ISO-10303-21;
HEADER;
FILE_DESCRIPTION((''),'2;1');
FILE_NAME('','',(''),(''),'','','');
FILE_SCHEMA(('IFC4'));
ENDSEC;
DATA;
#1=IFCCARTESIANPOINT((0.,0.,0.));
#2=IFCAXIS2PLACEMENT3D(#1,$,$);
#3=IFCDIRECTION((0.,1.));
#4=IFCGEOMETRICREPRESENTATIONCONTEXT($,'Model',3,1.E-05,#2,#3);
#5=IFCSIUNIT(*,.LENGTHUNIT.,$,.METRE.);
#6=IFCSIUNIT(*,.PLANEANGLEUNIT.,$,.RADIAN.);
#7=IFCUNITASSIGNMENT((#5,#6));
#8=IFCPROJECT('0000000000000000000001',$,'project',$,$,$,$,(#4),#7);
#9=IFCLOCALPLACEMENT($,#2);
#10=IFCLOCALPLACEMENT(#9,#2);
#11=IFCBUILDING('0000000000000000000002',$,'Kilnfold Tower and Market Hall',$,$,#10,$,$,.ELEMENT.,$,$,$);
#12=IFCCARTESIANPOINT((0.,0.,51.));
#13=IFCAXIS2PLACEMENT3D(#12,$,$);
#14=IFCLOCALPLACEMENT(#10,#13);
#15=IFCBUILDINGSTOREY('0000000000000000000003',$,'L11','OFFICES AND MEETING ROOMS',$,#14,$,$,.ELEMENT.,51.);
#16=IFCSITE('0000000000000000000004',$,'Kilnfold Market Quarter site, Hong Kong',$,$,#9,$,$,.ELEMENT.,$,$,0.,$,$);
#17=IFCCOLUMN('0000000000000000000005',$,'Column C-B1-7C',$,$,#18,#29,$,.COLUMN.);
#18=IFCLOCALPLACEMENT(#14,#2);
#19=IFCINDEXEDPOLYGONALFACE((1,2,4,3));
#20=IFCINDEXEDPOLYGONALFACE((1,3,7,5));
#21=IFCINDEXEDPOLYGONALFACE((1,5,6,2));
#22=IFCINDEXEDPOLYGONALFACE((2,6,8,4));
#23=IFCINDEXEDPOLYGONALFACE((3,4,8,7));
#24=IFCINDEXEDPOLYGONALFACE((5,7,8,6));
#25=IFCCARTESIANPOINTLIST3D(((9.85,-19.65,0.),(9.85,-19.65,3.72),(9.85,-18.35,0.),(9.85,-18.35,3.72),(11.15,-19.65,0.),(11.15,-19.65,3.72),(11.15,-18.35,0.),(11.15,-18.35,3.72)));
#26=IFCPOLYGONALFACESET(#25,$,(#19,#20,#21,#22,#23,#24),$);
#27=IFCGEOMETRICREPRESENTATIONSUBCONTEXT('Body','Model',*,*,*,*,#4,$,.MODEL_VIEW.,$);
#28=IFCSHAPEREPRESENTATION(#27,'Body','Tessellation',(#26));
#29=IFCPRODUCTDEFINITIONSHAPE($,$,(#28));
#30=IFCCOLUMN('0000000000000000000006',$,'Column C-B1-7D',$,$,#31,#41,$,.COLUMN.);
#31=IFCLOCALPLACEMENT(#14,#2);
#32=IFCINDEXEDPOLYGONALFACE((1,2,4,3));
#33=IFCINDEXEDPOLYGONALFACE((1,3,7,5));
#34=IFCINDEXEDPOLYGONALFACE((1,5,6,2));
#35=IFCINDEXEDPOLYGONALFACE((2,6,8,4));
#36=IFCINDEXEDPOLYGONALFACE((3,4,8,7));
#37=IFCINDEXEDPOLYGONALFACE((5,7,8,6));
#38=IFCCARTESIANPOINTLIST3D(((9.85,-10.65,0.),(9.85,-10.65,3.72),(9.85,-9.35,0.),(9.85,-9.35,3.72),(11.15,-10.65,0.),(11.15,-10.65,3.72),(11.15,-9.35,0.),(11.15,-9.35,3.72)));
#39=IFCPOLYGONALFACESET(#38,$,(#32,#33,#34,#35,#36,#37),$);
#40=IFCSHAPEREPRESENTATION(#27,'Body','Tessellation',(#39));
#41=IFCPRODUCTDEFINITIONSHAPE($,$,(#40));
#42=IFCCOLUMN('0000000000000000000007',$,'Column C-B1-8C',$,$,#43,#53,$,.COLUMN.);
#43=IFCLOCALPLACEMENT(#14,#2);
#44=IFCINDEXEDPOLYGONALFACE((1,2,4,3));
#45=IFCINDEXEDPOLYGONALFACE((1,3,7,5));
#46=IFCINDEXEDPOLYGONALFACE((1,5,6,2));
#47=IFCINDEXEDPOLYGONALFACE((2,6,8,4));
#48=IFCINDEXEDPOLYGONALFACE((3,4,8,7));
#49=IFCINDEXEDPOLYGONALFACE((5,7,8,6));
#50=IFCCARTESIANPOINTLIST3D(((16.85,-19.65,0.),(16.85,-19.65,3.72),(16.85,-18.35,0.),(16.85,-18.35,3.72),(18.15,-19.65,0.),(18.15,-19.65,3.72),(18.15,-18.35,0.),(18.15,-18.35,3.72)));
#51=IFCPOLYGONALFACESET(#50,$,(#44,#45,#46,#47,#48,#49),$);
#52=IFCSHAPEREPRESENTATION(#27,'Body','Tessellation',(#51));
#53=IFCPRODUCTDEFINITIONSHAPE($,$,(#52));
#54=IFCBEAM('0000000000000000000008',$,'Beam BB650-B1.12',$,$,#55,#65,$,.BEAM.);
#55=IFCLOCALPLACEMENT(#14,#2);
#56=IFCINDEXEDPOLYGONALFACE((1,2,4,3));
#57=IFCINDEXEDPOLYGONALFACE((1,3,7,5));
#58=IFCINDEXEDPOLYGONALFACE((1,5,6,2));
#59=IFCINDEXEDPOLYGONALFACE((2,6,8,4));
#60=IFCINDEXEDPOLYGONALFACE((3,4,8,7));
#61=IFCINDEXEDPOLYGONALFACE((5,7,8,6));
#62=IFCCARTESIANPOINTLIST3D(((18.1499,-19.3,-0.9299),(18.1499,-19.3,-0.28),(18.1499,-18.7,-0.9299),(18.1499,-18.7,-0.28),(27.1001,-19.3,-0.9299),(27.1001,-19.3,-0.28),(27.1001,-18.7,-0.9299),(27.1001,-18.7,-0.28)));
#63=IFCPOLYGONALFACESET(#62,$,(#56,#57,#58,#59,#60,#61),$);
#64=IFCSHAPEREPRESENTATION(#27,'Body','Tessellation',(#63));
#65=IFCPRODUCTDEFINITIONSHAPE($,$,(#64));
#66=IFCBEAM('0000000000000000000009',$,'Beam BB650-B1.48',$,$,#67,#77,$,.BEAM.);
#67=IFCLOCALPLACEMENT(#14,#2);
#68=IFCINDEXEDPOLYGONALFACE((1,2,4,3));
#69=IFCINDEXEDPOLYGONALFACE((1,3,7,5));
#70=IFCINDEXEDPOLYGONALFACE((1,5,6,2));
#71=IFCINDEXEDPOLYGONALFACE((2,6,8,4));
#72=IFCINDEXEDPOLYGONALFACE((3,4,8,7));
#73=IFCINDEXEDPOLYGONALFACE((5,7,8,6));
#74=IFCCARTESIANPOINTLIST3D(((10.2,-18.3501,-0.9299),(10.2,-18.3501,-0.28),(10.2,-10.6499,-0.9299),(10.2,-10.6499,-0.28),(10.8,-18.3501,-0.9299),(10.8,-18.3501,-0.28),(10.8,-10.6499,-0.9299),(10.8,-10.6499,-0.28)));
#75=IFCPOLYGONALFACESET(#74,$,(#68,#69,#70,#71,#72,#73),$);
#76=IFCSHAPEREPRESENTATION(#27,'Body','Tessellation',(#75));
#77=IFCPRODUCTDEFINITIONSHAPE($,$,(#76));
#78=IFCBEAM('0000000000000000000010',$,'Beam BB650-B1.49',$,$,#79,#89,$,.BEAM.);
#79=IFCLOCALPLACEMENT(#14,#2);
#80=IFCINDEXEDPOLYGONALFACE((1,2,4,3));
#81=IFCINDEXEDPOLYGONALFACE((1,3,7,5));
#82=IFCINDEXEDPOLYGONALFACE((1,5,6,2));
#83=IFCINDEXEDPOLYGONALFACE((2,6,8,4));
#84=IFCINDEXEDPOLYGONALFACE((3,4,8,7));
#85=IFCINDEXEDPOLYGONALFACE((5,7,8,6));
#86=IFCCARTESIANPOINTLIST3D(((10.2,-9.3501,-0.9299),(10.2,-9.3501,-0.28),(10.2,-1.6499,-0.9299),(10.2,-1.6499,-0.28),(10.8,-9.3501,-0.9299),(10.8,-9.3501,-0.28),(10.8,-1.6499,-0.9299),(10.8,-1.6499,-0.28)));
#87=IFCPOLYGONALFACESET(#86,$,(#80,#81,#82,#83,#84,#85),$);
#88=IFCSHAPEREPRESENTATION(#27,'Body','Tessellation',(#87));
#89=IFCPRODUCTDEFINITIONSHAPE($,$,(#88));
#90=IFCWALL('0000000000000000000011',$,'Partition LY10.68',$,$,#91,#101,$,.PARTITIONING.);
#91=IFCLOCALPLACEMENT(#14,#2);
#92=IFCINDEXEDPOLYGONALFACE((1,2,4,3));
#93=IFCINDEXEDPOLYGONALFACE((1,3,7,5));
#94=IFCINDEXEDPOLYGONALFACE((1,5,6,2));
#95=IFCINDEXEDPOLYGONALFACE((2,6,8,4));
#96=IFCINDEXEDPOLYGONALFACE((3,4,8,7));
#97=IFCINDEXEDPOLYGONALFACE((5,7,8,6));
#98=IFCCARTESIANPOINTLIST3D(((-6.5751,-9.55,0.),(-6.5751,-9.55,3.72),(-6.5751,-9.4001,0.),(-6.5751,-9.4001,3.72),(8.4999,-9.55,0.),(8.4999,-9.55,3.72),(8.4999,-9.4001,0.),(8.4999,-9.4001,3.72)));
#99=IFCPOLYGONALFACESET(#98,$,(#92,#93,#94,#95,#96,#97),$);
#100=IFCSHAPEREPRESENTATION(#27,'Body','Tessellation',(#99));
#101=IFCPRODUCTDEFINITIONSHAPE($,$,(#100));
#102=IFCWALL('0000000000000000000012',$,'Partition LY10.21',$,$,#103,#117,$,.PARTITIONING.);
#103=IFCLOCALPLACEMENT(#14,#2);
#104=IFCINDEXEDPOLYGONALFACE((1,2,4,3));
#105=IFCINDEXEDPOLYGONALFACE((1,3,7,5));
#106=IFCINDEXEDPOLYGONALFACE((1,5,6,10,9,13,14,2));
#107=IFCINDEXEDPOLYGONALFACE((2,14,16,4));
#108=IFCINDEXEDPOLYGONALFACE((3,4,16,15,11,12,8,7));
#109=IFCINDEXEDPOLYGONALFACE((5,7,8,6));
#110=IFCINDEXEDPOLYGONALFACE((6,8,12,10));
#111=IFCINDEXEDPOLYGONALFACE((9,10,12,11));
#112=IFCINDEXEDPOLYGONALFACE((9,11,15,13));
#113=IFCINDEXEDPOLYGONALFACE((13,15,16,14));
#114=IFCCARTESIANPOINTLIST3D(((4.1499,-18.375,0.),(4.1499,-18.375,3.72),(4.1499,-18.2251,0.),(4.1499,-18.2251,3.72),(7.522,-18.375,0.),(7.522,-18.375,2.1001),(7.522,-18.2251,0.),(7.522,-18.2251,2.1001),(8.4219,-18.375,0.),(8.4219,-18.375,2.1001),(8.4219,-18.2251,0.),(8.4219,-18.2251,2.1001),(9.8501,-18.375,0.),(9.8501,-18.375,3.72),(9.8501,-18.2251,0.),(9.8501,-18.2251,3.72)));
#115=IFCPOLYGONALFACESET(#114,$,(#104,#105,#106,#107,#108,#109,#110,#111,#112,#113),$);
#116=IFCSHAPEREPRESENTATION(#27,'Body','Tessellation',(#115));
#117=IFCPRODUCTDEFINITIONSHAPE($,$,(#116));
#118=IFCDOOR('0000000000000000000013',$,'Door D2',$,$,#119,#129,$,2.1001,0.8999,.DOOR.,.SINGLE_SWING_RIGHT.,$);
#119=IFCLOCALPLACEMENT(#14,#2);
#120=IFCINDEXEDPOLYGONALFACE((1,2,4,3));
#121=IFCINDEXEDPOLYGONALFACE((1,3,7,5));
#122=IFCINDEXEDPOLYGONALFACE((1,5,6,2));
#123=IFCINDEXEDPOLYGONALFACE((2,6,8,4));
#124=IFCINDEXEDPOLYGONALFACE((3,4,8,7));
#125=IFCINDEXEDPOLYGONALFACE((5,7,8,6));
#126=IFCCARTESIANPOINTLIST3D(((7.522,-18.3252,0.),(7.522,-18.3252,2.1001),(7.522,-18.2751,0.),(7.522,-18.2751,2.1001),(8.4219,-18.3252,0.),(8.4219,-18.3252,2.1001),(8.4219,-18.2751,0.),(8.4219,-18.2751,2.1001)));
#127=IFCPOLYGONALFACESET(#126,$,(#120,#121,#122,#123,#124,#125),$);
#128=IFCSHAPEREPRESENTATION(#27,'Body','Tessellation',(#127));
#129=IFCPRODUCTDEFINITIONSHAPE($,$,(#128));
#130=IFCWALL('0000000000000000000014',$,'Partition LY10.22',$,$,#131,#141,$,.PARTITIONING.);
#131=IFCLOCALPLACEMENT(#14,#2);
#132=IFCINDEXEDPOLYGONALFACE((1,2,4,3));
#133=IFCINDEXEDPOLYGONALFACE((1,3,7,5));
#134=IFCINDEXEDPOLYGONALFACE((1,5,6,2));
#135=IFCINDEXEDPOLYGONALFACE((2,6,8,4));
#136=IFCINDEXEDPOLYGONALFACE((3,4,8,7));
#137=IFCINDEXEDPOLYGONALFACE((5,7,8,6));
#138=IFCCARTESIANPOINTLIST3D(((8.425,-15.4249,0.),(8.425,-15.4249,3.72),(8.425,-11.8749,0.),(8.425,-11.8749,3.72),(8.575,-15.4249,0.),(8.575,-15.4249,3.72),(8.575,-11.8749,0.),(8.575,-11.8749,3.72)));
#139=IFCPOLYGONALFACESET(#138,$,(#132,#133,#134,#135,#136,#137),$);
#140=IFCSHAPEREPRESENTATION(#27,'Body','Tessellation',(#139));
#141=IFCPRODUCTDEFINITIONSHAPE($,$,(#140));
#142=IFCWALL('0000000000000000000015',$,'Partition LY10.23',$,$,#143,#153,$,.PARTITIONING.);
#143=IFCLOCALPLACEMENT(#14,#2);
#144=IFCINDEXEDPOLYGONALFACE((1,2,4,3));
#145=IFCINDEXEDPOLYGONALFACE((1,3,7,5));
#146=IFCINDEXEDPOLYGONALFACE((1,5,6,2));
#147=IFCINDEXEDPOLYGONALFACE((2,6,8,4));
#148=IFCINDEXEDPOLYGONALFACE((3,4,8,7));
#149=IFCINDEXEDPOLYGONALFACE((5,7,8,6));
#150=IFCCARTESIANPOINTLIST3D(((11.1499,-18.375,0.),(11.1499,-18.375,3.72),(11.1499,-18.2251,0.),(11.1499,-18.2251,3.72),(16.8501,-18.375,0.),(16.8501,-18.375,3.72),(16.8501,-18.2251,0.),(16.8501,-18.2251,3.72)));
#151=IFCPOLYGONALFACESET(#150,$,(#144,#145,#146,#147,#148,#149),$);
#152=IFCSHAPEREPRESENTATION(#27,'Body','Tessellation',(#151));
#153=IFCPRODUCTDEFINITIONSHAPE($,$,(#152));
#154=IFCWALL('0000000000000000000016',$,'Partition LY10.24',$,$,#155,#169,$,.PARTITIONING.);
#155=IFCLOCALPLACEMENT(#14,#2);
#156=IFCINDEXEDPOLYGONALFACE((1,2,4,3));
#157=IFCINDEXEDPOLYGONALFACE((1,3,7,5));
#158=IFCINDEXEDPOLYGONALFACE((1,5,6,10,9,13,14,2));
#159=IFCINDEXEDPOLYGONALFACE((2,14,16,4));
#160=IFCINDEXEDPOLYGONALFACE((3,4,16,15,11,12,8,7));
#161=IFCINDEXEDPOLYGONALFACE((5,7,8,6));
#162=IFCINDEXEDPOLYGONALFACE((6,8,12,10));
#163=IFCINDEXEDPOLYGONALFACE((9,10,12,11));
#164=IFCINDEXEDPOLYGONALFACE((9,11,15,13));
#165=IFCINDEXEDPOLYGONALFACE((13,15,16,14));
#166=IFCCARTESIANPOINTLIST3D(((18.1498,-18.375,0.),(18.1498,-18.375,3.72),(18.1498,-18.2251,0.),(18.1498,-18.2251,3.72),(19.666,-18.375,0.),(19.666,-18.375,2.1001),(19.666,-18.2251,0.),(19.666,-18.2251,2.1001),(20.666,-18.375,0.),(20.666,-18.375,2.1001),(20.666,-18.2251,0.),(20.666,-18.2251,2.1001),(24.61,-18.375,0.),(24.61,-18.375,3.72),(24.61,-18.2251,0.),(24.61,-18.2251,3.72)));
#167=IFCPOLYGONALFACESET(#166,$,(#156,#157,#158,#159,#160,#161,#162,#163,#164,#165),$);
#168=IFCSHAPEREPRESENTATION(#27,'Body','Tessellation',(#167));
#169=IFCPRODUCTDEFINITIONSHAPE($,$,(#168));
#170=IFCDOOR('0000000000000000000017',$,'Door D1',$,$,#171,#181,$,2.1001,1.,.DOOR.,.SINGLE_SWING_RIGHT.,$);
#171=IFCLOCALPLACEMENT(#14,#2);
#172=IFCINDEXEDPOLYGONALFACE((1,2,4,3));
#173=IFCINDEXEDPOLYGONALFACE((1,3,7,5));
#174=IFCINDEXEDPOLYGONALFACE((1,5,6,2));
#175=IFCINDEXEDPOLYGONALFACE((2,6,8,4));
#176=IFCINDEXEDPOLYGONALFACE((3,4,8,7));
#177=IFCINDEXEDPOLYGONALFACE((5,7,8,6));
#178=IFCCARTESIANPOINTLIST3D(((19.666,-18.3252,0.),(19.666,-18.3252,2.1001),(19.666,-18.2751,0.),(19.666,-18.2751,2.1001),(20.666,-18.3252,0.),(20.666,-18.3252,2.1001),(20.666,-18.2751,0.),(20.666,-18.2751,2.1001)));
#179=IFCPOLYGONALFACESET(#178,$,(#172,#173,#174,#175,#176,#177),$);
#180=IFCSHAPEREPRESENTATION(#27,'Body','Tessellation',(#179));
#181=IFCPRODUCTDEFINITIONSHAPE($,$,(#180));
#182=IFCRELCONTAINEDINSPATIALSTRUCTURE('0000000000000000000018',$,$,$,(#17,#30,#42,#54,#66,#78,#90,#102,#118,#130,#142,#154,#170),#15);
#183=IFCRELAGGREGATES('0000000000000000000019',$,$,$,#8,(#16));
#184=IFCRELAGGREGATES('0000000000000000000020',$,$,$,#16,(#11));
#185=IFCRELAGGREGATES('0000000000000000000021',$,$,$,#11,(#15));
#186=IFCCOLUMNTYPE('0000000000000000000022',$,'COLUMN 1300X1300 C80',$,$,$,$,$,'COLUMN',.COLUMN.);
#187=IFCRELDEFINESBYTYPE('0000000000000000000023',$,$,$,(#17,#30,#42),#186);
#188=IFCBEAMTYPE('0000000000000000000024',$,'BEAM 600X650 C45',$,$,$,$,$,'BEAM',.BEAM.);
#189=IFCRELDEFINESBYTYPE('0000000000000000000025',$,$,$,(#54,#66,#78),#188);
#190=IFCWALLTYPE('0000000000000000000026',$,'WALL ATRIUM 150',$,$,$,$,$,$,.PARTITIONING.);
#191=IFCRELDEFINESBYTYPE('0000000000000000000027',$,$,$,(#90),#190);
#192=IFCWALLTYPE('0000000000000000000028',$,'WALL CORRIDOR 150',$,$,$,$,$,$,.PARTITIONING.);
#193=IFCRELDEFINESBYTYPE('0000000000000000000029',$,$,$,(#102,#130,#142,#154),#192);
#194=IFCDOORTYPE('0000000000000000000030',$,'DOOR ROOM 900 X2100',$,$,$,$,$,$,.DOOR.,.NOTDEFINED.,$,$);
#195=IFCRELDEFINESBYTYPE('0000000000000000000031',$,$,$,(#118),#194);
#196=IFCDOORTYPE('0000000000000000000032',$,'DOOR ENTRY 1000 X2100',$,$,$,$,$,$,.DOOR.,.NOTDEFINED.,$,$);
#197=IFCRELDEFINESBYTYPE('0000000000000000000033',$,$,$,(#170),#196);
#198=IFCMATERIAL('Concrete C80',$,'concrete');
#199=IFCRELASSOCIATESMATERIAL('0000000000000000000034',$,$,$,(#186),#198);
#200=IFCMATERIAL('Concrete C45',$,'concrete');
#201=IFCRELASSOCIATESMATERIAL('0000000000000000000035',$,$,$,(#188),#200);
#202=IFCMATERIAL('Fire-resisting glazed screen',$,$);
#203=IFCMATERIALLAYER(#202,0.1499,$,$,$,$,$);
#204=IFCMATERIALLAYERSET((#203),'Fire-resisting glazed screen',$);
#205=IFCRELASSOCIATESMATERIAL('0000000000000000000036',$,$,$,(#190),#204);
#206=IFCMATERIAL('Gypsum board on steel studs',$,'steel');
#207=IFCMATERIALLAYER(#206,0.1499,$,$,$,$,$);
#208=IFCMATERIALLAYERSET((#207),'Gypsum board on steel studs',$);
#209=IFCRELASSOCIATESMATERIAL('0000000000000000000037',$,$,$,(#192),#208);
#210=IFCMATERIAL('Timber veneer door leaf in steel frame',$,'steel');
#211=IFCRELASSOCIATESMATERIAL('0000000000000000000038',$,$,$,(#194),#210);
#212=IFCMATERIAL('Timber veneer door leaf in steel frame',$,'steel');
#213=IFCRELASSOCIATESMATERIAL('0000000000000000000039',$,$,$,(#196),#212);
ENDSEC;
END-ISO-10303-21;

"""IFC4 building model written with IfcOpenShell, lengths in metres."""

from ifc_helpers import new_model, si_unit, direction, frame, frame_2d, origin, origin_2d, place, context, subcontext, project, spatial, rectangle, extrude, source, transform, mapped, material, layer, layer_set, material_profile, profile_set, type_object, element, fill, save


model = new_model("IFC4")

# Units and contexts
model_context = context("Model", 3, precision=1e-05, world=origin(), true_north=direction((0.0, 1.0)))
body_context = subcontext(model_context, "Body", "Model", "MODEL_VIEW")
ifc_project = project(units=[si_unit("LENGTHUNIT", "METRE"), si_unit("PLANEANGLEUNIT", "RADIAN")], contexts=[model_context])

# Site, building, storey
site_placement = place(None, origin())
site = spatial("IfcSite", under=ifc_project, at=site_placement, Name="Kilnfold Market Quarter site, Hong Kong", CompositionType="ELEMENT", RefElevation=0.0)
building_placement = place(site_placement, origin())
building = spatial("IfcBuilding", under=site, at=building_placement, Name="Kilnfold Tower and Market Hall", CompositionType="ELEMENT")
storey_placement = place(building_placement, frame((0.0, 0.0, 51.0)))
storey = spatial("IfcBuildingStorey", under=building, at=storey_placement, Name="L11", Description="OFFICES AND MEETING ROOMS", CompositionType="ELEMENT", Elevation=51.0)

# Columns
ifc_material_1 = material(Name="Concrete C80", Category="concrete")
ifc_material_profile_1 = material_profile(ifc_material_1, rectangle(XDim=1.3, YDim=1.3, at=origin_2d()), Name="RC 1300x1300")
ifc_profile_set_1 = profile_set([ifc_material_profile_1], Name="Concrete C80")
column_type = type_object("IfcColumnType", Name="COLUMN 1300X1300 C80", ElementType="COLUMN", PredefinedType="COLUMN", material=ifc_profile_set_1)
shared_shape_1 = source(origin(), body_context, "Body", "SweptSolid", [
    extrude(rectangle(XDim=1.3, YDim=1.3, at=origin_2d()), origin(), (0.0, 0.0, 1.0), 3.72),
])
for number, where, z_axis, x_axis, name in (
    (1, (10.5, -19.0, 0.0), (0.0, 0.0, 1.0), (1.0, 0.0, 0.0), "Column C-B1-7C"),
    (2, (10.5, -10.0, 0.0), (0.0, 0.0, 1.0), (1.0, 0.0, 0.0), "Column C-B1-7D"),
    (3, (17.5, -19.0, 0.0), (0.0, 0.0, 1.0), (1.0, 0.0, 0.0), "Column C-B1-8C"),
):
    element("IfcColumn", number, at=place(storey_placement, frame(where, z_axis=z_axis, x_axis=x_axis)), inside=storey, type_object=column_type, Name=name, PredefinedType="COLUMN", context=body_context, shape_type="MappedRepresentation", body=[
        mapped(shared_shape_1, transform((0.0, 0.0, 0.0))),
    ])

# Beams
ifc_material_2 = material(Name="Concrete C45", Category="concrete")
ifc_material_profile_2 = material_profile(ifc_material_2, rectangle(XDim=0.6001, YDim=0.6499, at=origin_2d()), Name="RC 600x650")
ifc_profile_set_2 = profile_set([ifc_material_profile_2], Name="Concrete C45")
beam_type = type_object("IfcBeamType", Name="BEAM 600X650 C45", ElementType="BEAM", PredefinedType="BEAM", material=ifc_profile_set_2)
shared_shape_2 = source(origin(), body_context, "Body", "SweptSolid", [
    extrude(rectangle(XDim=0.6001, YDim=0.6499, at=origin_2d()), origin(), (0.0, 0.0, 1.0), 8.9502),
])
beam_placement = place(storey_placement, frame((18.1499, -19.0, -0.605), z_axis=(1.0, 0.0, 0.0), x_axis=(0.0, 1.0, 0.0)))
element("IfcBeam", 4, at=beam_placement, inside=storey, type_object=beam_type, Name="Beam BB650-B1.12", PredefinedType="BEAM", context=body_context, shape_type="MappedRepresentation", body=[
    mapped(shared_shape_2, transform((0.0, 0.0, 0.0))),
])
shared_shape_3 = source(origin(), body_context, "Body", "SweptSolid", [
    extrude(rectangle(XDim=0.6001, YDim=0.6499, at=origin_2d()), origin(), (0.0, 0.0, 1.0), 7.7002),
])
for number, where, z_axis, x_axis, name in (
    (5, (10.5, -18.3501, -0.605), (0.0, 1.0, 0.0), (-1.0, 0.0, 0.0), "Beam BB650-B1.48"),
    (6, (10.5, -9.3501, -0.605), (0.0, 1.0, 0.0), (-1.0, 0.0, 0.0), "Beam BB650-B1.49"),
):
    element("IfcBeam", number, at=place(storey_placement, frame(where, z_axis=z_axis, x_axis=x_axis)), inside=storey, type_object=beam_type, Name=name, PredefinedType="BEAM", context=body_context, shape_type="MappedRepresentation", body=[
        mapped(shared_shape_3, transform((0.0, 0.0, 0.0))),
    ])

# Wall
ifc_material_3 = material(Name="Fire-resisting glazed screen")
ifc_layer_1 = layer(ifc_material_3, 0.1499)
ifc_layer_set_1 = layer_set([ifc_layer_1], Name="Fire-resisting glazed screen")
wall_type_1 = type_object("IfcWallType", Name="WALL ATRIUM 150", PredefinedType="PARTITIONING", material=ifc_layer_set_1)
wall_1_placement = place(storey_placement, frame((8.5, -9.4751, 0.0), z_axis=(0.0, 0.0, 1.0), x_axis=(-1.0, 0.0, 0.0)))
element("IfcWall", 7, at=wall_1_placement, inside=storey, type_object=wall_type_1, Name="Partition LY10.68", PredefinedType="PARTITIONING", context=body_context, shape_type="SweptSolid", body=[
    extrude(rectangle(XDim=15.075, YDim=0.1499, at=frame_2d((7.5376, 0.0))), origin(), (0.0, 0.0, 1.0), 3.72),
])

# Wall, opening, door
ifc_material_4 = material(Name="Gypsum board on steel studs", Category="steel")
ifc_layer_2 = layer(ifc_material_4, 0.1499)
ifc_layer_set_2 = layer_set([ifc_layer_2], Name="Gypsum board on steel studs")
wall_type_2 = type_object("IfcWallType", Name="WALL CORRIDOR 150", PredefinedType="PARTITIONING", material=ifc_layer_set_2)
wall_2_placement = place(storey_placement, frame((4.1499, -18.3, 0.0), z_axis=(0.0, 0.0, 1.0), x_axis=(1.0, 0.0, 0.0)))
wall_2 = element("IfcWall", 8, at=wall_2_placement, inside=storey, type_object=wall_type_2, Name="Partition LY10.21", PredefinedType="PARTITIONING", context=body_context, shape_type="SweptSolid", body=[
    extrude(rectangle(XDim=5.7002, YDim=0.1499, at=frame_2d((2.8501, 0.0))), origin(), (0.0, 0.0, 1.0), 3.72),
])
opening_1_placement = place(wall_2_placement, frame((3.3721, 0.0, 0.0)))
opening_1 = element("IfcOpeningElement", 9, at=opening_1_placement, cuts=wall_2, PredefinedType="OPENING", context=body_context, shape_type="SweptSolid", body=[
    extrude(rectangle(XDim=0.8999, YDim=2.1001, at=frame_2d((0.45, 1.05))), frame((0.0, 0.085, 0.0), z_axis=(0.0, -1.0, 0.0), x_axis=(1.0, 0.0, 0.0)), (0.0, 0.0, 1.0), 0.1699),
])
ifc_material_5 = material(Name="Timber veneer door leaf in steel frame", Category="steel")
door_type_1 = type_object("IfcDoorType", Name="DOOR ROOM 900 X2100", OperationType="NOTDEFINED", PredefinedType="DOOR", material=ifc_material_5)
door_1_placement = place(opening_1_placement, origin())
door_1 = element("IfcDoor", 10, at=door_1_placement, inside=storey, type_object=door_type_1, Name="Door D2", OperationType="SINGLE_SWING_RIGHT", OverallHeight=2.1001, OverallWidth=0.8999, PredefinedType="DOOR", context=body_context, shape_type="SweptSolid", body=[
    extrude(rectangle(XDim=0.8999, YDim=2.1001, at=frame_2d((0.45, 1.05))), frame((0.0, 0.0249, 0.0), z_axis=(0.0, -1.0, 0.0), x_axis=(1.0, 0.0, 0.0)), (0.0, 0.0, 1.0), 0.05),
])
fill(opening_1, door_1)

# Walls
wall_3_placement = place(storey_placement, frame((8.5, -11.875, 0.0), z_axis=(0.0, 0.0, 1.0), x_axis=(0.0, -1.0, 0.0)))
element("IfcWall", 11, at=wall_3_placement, inside=storey, type_object=wall_type_2, Name="Partition LY10.22", PredefinedType="PARTITIONING", context=body_context, shape_type="SweptSolid", body=[
    extrude(rectangle(XDim=3.55, YDim=0.1499, at=frame_2d((1.7749, 0.0))), origin(), (0.0, 0.0, 1.0), 3.72),
])
wall_4_placement = place(storey_placement, frame((11.1499, -18.3, 0.0), z_axis=(0.0, 0.0, 1.0), x_axis=(1.0, 0.0, 0.0)))
element("IfcWall", 12, at=wall_4_placement, inside=storey, type_object=wall_type_2, Name="Partition LY10.23", PredefinedType="PARTITIONING", context=body_context, shape_type="SweptSolid", body=[
    extrude(rectangle(XDim=5.7002, YDim=0.1499, at=frame_2d((2.8501, 0.0))), origin(), (0.0, 0.0, 1.0), 3.72),
])

# Wall, opening, door
wall_5_placement = place(storey_placement, frame((18.1499, -18.3, 0.0), z_axis=(0.0, 0.0, 1.0), x_axis=(1.0, 0.0, 0.0)))
wall_5 = element("IfcWall", 13, at=wall_5_placement, inside=storey, type_object=wall_type_2, Name="Partition LY10.24", PredefinedType="PARTITIONING", context=body_context, shape_type="SweptSolid", body=[
    extrude(rectangle(XDim=6.4602, YDim=0.1499, at=frame_2d((3.23, 0.0))), origin(), (0.0, 0.0, 1.0), 3.72),
])
opening_2_placement = place(wall_5_placement, frame((1.5161, 0.0, 0.0)))
opening_2 = element("IfcOpeningElement", 14, at=opening_2_placement, cuts=wall_5, PredefinedType="OPENING", context=body_context, shape_type="SweptSolid", body=[
    extrude(rectangle(XDim=1.0, YDim=2.1001, at=frame_2d((0.5, 1.05))), frame((0.0, 0.085, 0.0), z_axis=(0.0, -1.0, 0.0), x_axis=(1.0, 0.0, 0.0)), (0.0, 0.0, 1.0), 0.1699),
])
ifc_material_6 = material(Name="Timber veneer door leaf in steel frame", Category="steel")
door_type_2 = type_object("IfcDoorType", Name="DOOR ENTRY 1000 X2100", OperationType="NOTDEFINED", PredefinedType="DOOR", material=ifc_material_6)
door_2_placement = place(opening_2_placement, origin())
door_2 = element("IfcDoor", 15, at=door_2_placement, inside=storey, type_object=door_type_2, Name="Door D1", OperationType="SINGLE_SWING_RIGHT", OverallHeight=2.1001, OverallWidth=1.0, PredefinedType="DOOR", context=body_context, shape_type="SweptSolid", body=[
    extrude(rectangle(XDim=1.0, YDim=2.1001, at=frame_2d((0.5, 1.05))), frame((0.0, 0.0249, 0.0), z_axis=(0.0, -1.0, 0.0), x_axis=(1.0, 0.0, 0.0)), (0.0, 0.0, 1.0), 0.05),
])
fill(opening_2, door_2)

save(model, "model.ifc")
